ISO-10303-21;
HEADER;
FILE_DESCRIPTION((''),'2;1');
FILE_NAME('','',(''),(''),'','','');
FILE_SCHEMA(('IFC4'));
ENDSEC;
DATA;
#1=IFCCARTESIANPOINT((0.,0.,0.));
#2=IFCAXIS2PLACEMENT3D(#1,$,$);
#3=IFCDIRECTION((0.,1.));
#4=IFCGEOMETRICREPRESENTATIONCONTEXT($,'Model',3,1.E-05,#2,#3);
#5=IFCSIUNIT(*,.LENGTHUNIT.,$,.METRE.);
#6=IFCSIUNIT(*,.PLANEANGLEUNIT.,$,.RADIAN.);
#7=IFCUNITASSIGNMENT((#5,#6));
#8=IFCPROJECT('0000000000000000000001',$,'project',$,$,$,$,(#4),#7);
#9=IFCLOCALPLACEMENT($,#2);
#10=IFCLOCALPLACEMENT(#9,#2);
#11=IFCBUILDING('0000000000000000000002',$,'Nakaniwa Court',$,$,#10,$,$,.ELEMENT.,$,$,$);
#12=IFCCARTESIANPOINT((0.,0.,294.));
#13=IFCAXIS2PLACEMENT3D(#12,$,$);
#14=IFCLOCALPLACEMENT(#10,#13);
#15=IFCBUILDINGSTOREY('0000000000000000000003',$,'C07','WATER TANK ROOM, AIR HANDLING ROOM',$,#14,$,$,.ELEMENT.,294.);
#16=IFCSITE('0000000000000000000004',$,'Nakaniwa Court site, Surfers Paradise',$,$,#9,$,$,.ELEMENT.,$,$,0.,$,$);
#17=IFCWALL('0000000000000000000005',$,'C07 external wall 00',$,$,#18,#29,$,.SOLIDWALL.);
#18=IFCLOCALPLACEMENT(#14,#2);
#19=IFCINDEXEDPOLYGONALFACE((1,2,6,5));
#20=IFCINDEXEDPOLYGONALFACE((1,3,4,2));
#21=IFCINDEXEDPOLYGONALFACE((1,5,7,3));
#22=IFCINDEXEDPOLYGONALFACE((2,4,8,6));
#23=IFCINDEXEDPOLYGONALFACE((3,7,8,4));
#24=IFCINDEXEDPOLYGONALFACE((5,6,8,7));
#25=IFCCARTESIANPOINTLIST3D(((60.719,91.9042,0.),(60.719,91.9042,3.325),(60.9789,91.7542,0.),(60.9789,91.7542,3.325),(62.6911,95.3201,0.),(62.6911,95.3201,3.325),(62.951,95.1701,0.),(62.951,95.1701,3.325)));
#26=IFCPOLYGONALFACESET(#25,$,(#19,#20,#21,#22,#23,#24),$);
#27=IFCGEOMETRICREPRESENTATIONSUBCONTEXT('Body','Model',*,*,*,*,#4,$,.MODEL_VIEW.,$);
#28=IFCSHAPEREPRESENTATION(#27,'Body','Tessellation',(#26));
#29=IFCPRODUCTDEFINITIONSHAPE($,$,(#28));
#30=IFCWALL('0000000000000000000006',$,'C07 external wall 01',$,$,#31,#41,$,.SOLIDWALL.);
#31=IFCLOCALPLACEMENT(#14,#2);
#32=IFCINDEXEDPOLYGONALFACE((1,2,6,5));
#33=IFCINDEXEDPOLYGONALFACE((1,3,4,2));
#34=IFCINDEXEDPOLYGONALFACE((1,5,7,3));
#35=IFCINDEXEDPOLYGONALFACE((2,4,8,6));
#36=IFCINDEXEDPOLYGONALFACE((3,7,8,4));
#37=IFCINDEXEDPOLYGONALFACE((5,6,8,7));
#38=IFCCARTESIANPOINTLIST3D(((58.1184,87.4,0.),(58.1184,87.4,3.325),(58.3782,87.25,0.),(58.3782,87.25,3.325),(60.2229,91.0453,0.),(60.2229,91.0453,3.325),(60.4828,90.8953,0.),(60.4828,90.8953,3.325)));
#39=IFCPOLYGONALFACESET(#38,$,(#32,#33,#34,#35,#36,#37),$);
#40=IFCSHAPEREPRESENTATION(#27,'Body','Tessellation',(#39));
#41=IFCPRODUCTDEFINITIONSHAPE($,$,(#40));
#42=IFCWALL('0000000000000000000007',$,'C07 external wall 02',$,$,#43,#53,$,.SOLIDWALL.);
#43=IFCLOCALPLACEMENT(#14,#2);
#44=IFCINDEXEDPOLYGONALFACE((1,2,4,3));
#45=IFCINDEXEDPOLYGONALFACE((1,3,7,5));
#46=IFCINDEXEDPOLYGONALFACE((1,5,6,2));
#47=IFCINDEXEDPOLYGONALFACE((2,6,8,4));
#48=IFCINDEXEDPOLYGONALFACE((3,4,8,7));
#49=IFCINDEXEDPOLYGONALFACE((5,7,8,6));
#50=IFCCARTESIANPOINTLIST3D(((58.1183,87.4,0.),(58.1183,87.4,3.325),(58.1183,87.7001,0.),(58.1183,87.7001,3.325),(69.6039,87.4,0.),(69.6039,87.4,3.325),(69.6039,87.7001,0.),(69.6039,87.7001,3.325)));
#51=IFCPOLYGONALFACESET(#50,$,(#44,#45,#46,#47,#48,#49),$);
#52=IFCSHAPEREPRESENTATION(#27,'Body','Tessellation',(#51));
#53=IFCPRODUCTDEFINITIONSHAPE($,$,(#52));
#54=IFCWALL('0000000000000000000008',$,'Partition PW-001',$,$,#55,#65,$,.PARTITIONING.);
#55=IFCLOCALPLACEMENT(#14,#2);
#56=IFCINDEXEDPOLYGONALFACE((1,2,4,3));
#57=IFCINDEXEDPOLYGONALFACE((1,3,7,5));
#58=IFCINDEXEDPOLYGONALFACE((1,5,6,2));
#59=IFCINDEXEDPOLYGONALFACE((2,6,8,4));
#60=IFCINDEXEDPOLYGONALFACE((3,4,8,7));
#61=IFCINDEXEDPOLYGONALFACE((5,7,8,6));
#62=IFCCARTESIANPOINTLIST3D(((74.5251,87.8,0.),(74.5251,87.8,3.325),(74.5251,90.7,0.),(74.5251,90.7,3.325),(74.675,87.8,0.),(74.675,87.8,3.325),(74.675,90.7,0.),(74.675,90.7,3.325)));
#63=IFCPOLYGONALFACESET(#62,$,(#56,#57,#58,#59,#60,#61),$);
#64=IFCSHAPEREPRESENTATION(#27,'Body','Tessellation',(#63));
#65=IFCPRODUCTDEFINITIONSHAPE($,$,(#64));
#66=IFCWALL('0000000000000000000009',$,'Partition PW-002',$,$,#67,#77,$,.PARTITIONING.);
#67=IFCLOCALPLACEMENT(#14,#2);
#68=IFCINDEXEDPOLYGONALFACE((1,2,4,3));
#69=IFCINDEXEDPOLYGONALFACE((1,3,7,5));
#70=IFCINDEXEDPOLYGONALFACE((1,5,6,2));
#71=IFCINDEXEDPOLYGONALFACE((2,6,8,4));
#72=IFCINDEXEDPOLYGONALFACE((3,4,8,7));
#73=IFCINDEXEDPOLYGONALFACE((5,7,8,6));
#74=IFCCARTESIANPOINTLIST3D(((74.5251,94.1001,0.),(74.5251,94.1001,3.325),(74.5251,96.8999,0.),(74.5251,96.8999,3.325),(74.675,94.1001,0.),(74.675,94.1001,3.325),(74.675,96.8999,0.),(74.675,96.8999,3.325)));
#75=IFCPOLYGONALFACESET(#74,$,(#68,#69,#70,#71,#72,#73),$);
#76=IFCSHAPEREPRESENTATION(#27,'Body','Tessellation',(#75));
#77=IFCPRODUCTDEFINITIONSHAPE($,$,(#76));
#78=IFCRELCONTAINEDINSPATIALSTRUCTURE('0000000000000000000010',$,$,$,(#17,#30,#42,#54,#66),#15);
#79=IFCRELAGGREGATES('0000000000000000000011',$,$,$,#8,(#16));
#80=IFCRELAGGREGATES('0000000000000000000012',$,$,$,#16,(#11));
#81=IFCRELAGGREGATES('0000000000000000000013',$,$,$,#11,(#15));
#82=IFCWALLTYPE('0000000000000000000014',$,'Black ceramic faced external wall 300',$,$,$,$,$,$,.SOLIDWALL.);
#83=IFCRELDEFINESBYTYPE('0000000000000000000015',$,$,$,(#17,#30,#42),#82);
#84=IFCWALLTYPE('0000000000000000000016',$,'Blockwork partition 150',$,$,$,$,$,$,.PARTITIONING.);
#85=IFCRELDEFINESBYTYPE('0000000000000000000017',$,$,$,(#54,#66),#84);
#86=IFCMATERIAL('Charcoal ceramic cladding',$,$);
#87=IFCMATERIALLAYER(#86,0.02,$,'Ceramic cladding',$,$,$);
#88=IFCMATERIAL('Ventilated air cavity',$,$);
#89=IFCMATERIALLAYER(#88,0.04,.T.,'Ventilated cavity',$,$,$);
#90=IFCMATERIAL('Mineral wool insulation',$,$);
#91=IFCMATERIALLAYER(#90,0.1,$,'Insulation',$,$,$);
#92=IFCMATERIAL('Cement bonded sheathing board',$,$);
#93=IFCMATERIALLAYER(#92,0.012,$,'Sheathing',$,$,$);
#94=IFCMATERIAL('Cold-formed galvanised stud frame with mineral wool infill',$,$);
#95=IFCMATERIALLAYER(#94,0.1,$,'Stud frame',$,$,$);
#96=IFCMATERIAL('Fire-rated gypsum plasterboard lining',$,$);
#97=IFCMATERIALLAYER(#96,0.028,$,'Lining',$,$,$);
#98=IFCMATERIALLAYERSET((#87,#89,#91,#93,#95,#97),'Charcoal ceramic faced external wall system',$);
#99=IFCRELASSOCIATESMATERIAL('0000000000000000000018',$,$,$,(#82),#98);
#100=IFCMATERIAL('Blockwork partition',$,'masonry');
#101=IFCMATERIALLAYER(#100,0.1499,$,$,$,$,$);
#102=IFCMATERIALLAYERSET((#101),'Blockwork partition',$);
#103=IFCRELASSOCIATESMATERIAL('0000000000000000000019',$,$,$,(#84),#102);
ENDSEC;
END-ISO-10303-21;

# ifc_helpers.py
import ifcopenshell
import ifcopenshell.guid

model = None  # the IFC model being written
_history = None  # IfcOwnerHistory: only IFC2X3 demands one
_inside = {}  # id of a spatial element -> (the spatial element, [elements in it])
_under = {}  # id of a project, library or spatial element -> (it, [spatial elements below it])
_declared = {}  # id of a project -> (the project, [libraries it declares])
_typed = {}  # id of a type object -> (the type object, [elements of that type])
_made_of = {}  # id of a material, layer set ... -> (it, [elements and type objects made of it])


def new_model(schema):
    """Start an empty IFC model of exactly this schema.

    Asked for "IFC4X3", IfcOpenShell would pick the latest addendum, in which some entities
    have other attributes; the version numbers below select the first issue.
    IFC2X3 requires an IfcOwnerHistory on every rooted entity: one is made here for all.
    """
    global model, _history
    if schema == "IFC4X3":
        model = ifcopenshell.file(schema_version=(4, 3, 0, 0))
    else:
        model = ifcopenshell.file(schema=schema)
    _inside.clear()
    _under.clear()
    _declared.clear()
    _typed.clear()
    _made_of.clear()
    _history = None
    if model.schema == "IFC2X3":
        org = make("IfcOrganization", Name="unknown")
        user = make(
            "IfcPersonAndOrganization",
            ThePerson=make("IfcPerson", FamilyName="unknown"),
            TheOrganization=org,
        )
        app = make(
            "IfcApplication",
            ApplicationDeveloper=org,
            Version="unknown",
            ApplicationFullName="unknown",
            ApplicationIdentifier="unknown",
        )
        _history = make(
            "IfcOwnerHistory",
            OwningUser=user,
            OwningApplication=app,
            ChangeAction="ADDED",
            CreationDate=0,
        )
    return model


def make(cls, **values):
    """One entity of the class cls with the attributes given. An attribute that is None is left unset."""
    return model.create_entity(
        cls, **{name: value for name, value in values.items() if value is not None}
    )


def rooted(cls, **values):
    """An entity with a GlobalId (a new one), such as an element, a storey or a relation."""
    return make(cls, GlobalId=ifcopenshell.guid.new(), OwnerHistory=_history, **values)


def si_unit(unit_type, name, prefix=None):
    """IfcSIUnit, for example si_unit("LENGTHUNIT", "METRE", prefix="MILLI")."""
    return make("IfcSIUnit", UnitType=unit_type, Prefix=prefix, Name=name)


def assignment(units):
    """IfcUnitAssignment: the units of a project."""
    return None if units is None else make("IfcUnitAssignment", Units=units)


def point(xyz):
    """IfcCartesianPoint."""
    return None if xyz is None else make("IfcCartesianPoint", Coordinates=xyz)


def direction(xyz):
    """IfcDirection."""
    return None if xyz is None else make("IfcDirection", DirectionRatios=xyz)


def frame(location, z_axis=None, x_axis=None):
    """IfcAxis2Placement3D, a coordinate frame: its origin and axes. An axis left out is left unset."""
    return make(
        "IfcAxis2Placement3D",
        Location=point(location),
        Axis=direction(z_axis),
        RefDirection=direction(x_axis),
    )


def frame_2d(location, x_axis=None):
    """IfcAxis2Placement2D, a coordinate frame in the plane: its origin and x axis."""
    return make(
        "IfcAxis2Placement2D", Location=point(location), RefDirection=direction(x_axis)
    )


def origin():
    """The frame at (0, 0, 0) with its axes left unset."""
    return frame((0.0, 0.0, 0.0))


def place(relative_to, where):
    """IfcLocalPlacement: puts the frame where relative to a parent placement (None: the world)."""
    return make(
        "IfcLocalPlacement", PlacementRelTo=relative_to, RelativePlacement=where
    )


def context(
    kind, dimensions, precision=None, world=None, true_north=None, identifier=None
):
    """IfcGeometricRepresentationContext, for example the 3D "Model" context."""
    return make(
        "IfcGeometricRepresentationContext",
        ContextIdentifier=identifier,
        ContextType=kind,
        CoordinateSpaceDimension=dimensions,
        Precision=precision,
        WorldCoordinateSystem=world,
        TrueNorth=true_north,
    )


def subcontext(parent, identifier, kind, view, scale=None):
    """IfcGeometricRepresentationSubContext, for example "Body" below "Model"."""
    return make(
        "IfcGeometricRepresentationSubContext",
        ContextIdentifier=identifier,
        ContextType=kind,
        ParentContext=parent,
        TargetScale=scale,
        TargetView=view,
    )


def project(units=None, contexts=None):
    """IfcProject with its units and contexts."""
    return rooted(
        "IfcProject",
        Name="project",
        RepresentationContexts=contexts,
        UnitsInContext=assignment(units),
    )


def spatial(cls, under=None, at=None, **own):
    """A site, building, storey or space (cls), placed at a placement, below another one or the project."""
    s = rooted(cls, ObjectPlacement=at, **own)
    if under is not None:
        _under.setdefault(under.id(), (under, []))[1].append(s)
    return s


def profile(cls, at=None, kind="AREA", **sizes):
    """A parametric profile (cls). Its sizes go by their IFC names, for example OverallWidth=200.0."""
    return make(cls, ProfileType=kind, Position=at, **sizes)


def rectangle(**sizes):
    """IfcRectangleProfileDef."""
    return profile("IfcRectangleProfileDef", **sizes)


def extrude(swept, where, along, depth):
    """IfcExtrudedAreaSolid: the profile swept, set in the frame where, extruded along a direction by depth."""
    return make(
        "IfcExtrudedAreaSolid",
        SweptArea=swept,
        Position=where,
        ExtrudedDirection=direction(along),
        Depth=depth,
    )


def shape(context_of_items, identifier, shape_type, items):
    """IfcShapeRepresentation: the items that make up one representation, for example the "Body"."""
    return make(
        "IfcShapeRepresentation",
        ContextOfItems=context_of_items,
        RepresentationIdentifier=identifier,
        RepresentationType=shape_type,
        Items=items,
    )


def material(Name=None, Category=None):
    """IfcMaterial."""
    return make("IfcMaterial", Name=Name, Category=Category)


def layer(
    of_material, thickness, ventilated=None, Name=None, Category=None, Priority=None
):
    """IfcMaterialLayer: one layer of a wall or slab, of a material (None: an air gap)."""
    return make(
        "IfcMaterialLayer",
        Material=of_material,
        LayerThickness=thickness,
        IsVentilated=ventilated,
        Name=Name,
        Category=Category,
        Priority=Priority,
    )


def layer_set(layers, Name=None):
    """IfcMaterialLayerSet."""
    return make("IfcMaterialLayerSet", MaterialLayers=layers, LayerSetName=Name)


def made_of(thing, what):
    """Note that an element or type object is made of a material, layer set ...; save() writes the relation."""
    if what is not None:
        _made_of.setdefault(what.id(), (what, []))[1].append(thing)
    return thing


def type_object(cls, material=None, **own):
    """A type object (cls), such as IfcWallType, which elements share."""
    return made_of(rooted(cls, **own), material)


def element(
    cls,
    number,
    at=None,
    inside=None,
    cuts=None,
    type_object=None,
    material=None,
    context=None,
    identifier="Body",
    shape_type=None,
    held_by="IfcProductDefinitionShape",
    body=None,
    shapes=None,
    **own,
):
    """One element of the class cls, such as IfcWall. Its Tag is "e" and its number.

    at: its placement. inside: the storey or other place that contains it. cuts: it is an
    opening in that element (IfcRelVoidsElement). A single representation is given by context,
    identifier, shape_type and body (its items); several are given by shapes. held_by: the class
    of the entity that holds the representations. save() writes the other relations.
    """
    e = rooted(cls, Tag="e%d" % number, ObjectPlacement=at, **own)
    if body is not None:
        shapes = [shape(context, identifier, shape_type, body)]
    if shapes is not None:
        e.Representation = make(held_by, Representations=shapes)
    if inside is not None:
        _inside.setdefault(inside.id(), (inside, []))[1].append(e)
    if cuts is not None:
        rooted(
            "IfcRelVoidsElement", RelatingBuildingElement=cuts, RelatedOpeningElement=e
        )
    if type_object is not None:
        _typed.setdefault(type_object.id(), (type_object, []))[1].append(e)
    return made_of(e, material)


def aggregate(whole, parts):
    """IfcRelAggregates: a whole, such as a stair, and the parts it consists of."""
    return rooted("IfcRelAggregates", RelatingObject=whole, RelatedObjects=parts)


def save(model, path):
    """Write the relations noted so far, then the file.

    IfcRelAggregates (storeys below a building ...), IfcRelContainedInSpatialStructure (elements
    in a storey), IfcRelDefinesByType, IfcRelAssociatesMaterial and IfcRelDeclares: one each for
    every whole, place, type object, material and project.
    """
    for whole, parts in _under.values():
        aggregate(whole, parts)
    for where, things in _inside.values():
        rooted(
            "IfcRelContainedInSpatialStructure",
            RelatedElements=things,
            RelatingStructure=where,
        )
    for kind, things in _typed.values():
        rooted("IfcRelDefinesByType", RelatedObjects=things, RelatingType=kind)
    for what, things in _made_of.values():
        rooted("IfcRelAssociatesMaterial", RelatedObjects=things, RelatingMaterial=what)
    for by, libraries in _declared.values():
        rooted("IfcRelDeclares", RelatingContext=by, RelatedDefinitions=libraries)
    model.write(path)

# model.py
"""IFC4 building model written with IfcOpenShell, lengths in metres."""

from ifc_helpers import new_model, si_unit, direction, frame, frame_2d, origin, place, context, subcontext, project, spatial, rectangle, extrude, material, layer, layer_set, type_object, element, save


model = new_model("IFC4")

# Units and contexts
model_context = context("Model", 3, precision=1e-05, world=origin(), true_north=direction((0.0, 1.0)))
body_context = subcontext(model_context, "Body", "Model", "MODEL_VIEW")
ifc_project = project(units=[si_unit("LENGTHUNIT", "METRE"), si_unit("PLANEANGLEUNIT", "RADIAN")], contexts=[model_context])

# Site, building, storey
site_placement = place(None, origin())
site = spatial("IfcSite", under=ifc_project, at=site_placement, Name="Nakaniwa Court site, Surfers Paradise", CompositionType="ELEMENT", RefElevation=0.0)
building_placement = place(site_placement, origin())
building = spatial("IfcBuilding", under=site, at=building_placement, Name="Nakaniwa Court", CompositionType="ELEMENT")
storey_placement = place(building_placement, frame((0.0, 0.0, 294.0)))
storey = spatial("IfcBuildingStorey", under=building, at=storey_placement, Name="C07", Description="WATER TANK ROOM, AIR HANDLING ROOM", CompositionType="ELEMENT", Elevation=294.0)

# Walls
ifc_material_1 = material(Name="Charcoal ceramic cladding")
ifc_layer_1 = layer(ifc_material_1, 0.02, Name="Ceramic cladding")
ifc_material_2 = material(Name="Ventilated air cavity")
ifc_layer_2 = layer(ifc_material_2, 0.04, ventilated=True, Name="Ventilated cavity")
ifc_material_3 = material(Name="Mineral wool insulation")
ifc_layer_3 = layer(ifc_material_3, 0.1, Name="Insulation")
ifc_material_4 = material(Name="Cement bonded sheathing board")
ifc_layer_4 = layer(ifc_material_4, 0.012, Name="Sheathing")
ifc_material_5 = material(Name="Cold-formed galvanised stud frame with mineral wool infill")
ifc_layer_5 = layer(ifc_material_5, 0.1, Name="Stud frame")
ifc_material_6 = material(Name="Fire-rated gypsum plasterboard lining")
ifc_layer_6 = layer(ifc_material_6, 0.028, Name="Lining")
ifc_layer_set_1 = layer_set([ifc_layer_1, ifc_layer_2, ifc_layer_3, ifc_layer_4, ifc_layer_5, ifc_layer_6], Name="Charcoal ceramic faced external wall system")
wall_type_1 = type_object("IfcWallType", Name="Black ceramic faced external wall 300", PredefinedType="SOLIDWALL", material=ifc_layer_set_1)
wall_1_placement = place(storey_placement, frame((62.821, 95.2451, 0.0), z_axis=(0.0, 0.0, 1.0), x_axis=(-0.499987, -0.866033, 0.0)))
element("IfcWall", 1, at=wall_1_placement, inside=storey, type_object=wall_type_1, Name="C07 external wall 00", PredefinedType="SOLIDWALL", context=body_context, shape_type="SweptSolid", body=[
    extrude(rectangle(XDim=3.9443, YDim=0.3, at=frame_2d((1.9722, 0.0))), origin(), (0.0, 0.0, 1.0), 3.325),
])
wall_2_placement = place(storey_placement, frame((60.3528, 90.9702, 0.0), z_axis=(0.0, 0.0, 1.0), x_axis=(-0.499982, -0.866036, 0.0)))
element("IfcWall", 2, at=wall_2_placement, inside=storey, type_object=wall_type_1, Name="C07 external wall 01", PredefinedType="SOLIDWALL", context=body_context, shape_type="SweptSolid", body=[
    extrude(rectangle(XDim=4.2092, YDim=0.3, at=frame_2d((2.1045, 0.0))), origin(), (0.0, 0.0, 1.0), 3.325),
])
wall_3_placement = place(storey_placement, frame((58.1184, 87.55, 0.0), z_axis=(0.0, 0.0, 1.0), x_axis=(1.0, 0.0, 0.0)))
element("IfcWall", 3, at=wall_3_placement, inside=storey, type_object=wall_type_1, Name="C07 external wall 02", PredefinedType="SOLIDWALL", context=body_context, shape_type="SweptSolid", body=[
    extrude(rectangle(XDim=11.4856, YDim=0.3, at=frame_2d((5.7427, 0.0))), origin(), (0.0, 0.0, 1.0), 3.325),
])
ifc_material_7 = material(Name="Blockwork partition", Category="masonry")
ifc_layer_7 = layer(ifc_material_7, 0.1499)
ifc_layer_set_2 = layer_set([ifc_layer_7], Name="Blockwork partition")
wall_type_2 = type_object("IfcWallType", Name="Blockwork partition 150", PredefinedType="PARTITIONING", material=ifc_layer_set_2)
wall_4_placement = place(storey_placement, frame((74.6001, 87.8, 0.0), z_axis=(0.0, 0.0, 1.0), x_axis=(0.0, 1.0, 0.0)))
element("IfcWall", 4, at=wall_4_placement, inside=storey, type_object=wall_type_2, Name="Partition PW-001", PredefinedType="PARTITIONING", context=body_context, shape_type="SweptSolid", body=[
    extrude(rectangle(XDim=2.8999, YDim=0.1499, at=frame_2d((1.45, 0.0))), origin(), (0.0, 0.0, 1.0), 3.325),
])
wall_5_placement = place(storey_placement, frame((74.6001, 94.1001, 0.0), z_axis=(0.0, 0.0, 1.0), x_axis=(0.0, 1.0, 0.0)))
element("IfcWall", 5, at=wall_5_placement, inside=storey, type_object=wall_type_2, Name="Partition PW-002", PredefinedType="PARTITIONING", context=body_context, shape_type="SweptSolid", body=[
    extrude(rectangle(XDim=2.7998, YDim=0.1499, at=frame_2d((1.3999, 0.0))), origin(), (0.0, 0.0, 1.0), 3.325),
])

save(model, "model.ifc")
